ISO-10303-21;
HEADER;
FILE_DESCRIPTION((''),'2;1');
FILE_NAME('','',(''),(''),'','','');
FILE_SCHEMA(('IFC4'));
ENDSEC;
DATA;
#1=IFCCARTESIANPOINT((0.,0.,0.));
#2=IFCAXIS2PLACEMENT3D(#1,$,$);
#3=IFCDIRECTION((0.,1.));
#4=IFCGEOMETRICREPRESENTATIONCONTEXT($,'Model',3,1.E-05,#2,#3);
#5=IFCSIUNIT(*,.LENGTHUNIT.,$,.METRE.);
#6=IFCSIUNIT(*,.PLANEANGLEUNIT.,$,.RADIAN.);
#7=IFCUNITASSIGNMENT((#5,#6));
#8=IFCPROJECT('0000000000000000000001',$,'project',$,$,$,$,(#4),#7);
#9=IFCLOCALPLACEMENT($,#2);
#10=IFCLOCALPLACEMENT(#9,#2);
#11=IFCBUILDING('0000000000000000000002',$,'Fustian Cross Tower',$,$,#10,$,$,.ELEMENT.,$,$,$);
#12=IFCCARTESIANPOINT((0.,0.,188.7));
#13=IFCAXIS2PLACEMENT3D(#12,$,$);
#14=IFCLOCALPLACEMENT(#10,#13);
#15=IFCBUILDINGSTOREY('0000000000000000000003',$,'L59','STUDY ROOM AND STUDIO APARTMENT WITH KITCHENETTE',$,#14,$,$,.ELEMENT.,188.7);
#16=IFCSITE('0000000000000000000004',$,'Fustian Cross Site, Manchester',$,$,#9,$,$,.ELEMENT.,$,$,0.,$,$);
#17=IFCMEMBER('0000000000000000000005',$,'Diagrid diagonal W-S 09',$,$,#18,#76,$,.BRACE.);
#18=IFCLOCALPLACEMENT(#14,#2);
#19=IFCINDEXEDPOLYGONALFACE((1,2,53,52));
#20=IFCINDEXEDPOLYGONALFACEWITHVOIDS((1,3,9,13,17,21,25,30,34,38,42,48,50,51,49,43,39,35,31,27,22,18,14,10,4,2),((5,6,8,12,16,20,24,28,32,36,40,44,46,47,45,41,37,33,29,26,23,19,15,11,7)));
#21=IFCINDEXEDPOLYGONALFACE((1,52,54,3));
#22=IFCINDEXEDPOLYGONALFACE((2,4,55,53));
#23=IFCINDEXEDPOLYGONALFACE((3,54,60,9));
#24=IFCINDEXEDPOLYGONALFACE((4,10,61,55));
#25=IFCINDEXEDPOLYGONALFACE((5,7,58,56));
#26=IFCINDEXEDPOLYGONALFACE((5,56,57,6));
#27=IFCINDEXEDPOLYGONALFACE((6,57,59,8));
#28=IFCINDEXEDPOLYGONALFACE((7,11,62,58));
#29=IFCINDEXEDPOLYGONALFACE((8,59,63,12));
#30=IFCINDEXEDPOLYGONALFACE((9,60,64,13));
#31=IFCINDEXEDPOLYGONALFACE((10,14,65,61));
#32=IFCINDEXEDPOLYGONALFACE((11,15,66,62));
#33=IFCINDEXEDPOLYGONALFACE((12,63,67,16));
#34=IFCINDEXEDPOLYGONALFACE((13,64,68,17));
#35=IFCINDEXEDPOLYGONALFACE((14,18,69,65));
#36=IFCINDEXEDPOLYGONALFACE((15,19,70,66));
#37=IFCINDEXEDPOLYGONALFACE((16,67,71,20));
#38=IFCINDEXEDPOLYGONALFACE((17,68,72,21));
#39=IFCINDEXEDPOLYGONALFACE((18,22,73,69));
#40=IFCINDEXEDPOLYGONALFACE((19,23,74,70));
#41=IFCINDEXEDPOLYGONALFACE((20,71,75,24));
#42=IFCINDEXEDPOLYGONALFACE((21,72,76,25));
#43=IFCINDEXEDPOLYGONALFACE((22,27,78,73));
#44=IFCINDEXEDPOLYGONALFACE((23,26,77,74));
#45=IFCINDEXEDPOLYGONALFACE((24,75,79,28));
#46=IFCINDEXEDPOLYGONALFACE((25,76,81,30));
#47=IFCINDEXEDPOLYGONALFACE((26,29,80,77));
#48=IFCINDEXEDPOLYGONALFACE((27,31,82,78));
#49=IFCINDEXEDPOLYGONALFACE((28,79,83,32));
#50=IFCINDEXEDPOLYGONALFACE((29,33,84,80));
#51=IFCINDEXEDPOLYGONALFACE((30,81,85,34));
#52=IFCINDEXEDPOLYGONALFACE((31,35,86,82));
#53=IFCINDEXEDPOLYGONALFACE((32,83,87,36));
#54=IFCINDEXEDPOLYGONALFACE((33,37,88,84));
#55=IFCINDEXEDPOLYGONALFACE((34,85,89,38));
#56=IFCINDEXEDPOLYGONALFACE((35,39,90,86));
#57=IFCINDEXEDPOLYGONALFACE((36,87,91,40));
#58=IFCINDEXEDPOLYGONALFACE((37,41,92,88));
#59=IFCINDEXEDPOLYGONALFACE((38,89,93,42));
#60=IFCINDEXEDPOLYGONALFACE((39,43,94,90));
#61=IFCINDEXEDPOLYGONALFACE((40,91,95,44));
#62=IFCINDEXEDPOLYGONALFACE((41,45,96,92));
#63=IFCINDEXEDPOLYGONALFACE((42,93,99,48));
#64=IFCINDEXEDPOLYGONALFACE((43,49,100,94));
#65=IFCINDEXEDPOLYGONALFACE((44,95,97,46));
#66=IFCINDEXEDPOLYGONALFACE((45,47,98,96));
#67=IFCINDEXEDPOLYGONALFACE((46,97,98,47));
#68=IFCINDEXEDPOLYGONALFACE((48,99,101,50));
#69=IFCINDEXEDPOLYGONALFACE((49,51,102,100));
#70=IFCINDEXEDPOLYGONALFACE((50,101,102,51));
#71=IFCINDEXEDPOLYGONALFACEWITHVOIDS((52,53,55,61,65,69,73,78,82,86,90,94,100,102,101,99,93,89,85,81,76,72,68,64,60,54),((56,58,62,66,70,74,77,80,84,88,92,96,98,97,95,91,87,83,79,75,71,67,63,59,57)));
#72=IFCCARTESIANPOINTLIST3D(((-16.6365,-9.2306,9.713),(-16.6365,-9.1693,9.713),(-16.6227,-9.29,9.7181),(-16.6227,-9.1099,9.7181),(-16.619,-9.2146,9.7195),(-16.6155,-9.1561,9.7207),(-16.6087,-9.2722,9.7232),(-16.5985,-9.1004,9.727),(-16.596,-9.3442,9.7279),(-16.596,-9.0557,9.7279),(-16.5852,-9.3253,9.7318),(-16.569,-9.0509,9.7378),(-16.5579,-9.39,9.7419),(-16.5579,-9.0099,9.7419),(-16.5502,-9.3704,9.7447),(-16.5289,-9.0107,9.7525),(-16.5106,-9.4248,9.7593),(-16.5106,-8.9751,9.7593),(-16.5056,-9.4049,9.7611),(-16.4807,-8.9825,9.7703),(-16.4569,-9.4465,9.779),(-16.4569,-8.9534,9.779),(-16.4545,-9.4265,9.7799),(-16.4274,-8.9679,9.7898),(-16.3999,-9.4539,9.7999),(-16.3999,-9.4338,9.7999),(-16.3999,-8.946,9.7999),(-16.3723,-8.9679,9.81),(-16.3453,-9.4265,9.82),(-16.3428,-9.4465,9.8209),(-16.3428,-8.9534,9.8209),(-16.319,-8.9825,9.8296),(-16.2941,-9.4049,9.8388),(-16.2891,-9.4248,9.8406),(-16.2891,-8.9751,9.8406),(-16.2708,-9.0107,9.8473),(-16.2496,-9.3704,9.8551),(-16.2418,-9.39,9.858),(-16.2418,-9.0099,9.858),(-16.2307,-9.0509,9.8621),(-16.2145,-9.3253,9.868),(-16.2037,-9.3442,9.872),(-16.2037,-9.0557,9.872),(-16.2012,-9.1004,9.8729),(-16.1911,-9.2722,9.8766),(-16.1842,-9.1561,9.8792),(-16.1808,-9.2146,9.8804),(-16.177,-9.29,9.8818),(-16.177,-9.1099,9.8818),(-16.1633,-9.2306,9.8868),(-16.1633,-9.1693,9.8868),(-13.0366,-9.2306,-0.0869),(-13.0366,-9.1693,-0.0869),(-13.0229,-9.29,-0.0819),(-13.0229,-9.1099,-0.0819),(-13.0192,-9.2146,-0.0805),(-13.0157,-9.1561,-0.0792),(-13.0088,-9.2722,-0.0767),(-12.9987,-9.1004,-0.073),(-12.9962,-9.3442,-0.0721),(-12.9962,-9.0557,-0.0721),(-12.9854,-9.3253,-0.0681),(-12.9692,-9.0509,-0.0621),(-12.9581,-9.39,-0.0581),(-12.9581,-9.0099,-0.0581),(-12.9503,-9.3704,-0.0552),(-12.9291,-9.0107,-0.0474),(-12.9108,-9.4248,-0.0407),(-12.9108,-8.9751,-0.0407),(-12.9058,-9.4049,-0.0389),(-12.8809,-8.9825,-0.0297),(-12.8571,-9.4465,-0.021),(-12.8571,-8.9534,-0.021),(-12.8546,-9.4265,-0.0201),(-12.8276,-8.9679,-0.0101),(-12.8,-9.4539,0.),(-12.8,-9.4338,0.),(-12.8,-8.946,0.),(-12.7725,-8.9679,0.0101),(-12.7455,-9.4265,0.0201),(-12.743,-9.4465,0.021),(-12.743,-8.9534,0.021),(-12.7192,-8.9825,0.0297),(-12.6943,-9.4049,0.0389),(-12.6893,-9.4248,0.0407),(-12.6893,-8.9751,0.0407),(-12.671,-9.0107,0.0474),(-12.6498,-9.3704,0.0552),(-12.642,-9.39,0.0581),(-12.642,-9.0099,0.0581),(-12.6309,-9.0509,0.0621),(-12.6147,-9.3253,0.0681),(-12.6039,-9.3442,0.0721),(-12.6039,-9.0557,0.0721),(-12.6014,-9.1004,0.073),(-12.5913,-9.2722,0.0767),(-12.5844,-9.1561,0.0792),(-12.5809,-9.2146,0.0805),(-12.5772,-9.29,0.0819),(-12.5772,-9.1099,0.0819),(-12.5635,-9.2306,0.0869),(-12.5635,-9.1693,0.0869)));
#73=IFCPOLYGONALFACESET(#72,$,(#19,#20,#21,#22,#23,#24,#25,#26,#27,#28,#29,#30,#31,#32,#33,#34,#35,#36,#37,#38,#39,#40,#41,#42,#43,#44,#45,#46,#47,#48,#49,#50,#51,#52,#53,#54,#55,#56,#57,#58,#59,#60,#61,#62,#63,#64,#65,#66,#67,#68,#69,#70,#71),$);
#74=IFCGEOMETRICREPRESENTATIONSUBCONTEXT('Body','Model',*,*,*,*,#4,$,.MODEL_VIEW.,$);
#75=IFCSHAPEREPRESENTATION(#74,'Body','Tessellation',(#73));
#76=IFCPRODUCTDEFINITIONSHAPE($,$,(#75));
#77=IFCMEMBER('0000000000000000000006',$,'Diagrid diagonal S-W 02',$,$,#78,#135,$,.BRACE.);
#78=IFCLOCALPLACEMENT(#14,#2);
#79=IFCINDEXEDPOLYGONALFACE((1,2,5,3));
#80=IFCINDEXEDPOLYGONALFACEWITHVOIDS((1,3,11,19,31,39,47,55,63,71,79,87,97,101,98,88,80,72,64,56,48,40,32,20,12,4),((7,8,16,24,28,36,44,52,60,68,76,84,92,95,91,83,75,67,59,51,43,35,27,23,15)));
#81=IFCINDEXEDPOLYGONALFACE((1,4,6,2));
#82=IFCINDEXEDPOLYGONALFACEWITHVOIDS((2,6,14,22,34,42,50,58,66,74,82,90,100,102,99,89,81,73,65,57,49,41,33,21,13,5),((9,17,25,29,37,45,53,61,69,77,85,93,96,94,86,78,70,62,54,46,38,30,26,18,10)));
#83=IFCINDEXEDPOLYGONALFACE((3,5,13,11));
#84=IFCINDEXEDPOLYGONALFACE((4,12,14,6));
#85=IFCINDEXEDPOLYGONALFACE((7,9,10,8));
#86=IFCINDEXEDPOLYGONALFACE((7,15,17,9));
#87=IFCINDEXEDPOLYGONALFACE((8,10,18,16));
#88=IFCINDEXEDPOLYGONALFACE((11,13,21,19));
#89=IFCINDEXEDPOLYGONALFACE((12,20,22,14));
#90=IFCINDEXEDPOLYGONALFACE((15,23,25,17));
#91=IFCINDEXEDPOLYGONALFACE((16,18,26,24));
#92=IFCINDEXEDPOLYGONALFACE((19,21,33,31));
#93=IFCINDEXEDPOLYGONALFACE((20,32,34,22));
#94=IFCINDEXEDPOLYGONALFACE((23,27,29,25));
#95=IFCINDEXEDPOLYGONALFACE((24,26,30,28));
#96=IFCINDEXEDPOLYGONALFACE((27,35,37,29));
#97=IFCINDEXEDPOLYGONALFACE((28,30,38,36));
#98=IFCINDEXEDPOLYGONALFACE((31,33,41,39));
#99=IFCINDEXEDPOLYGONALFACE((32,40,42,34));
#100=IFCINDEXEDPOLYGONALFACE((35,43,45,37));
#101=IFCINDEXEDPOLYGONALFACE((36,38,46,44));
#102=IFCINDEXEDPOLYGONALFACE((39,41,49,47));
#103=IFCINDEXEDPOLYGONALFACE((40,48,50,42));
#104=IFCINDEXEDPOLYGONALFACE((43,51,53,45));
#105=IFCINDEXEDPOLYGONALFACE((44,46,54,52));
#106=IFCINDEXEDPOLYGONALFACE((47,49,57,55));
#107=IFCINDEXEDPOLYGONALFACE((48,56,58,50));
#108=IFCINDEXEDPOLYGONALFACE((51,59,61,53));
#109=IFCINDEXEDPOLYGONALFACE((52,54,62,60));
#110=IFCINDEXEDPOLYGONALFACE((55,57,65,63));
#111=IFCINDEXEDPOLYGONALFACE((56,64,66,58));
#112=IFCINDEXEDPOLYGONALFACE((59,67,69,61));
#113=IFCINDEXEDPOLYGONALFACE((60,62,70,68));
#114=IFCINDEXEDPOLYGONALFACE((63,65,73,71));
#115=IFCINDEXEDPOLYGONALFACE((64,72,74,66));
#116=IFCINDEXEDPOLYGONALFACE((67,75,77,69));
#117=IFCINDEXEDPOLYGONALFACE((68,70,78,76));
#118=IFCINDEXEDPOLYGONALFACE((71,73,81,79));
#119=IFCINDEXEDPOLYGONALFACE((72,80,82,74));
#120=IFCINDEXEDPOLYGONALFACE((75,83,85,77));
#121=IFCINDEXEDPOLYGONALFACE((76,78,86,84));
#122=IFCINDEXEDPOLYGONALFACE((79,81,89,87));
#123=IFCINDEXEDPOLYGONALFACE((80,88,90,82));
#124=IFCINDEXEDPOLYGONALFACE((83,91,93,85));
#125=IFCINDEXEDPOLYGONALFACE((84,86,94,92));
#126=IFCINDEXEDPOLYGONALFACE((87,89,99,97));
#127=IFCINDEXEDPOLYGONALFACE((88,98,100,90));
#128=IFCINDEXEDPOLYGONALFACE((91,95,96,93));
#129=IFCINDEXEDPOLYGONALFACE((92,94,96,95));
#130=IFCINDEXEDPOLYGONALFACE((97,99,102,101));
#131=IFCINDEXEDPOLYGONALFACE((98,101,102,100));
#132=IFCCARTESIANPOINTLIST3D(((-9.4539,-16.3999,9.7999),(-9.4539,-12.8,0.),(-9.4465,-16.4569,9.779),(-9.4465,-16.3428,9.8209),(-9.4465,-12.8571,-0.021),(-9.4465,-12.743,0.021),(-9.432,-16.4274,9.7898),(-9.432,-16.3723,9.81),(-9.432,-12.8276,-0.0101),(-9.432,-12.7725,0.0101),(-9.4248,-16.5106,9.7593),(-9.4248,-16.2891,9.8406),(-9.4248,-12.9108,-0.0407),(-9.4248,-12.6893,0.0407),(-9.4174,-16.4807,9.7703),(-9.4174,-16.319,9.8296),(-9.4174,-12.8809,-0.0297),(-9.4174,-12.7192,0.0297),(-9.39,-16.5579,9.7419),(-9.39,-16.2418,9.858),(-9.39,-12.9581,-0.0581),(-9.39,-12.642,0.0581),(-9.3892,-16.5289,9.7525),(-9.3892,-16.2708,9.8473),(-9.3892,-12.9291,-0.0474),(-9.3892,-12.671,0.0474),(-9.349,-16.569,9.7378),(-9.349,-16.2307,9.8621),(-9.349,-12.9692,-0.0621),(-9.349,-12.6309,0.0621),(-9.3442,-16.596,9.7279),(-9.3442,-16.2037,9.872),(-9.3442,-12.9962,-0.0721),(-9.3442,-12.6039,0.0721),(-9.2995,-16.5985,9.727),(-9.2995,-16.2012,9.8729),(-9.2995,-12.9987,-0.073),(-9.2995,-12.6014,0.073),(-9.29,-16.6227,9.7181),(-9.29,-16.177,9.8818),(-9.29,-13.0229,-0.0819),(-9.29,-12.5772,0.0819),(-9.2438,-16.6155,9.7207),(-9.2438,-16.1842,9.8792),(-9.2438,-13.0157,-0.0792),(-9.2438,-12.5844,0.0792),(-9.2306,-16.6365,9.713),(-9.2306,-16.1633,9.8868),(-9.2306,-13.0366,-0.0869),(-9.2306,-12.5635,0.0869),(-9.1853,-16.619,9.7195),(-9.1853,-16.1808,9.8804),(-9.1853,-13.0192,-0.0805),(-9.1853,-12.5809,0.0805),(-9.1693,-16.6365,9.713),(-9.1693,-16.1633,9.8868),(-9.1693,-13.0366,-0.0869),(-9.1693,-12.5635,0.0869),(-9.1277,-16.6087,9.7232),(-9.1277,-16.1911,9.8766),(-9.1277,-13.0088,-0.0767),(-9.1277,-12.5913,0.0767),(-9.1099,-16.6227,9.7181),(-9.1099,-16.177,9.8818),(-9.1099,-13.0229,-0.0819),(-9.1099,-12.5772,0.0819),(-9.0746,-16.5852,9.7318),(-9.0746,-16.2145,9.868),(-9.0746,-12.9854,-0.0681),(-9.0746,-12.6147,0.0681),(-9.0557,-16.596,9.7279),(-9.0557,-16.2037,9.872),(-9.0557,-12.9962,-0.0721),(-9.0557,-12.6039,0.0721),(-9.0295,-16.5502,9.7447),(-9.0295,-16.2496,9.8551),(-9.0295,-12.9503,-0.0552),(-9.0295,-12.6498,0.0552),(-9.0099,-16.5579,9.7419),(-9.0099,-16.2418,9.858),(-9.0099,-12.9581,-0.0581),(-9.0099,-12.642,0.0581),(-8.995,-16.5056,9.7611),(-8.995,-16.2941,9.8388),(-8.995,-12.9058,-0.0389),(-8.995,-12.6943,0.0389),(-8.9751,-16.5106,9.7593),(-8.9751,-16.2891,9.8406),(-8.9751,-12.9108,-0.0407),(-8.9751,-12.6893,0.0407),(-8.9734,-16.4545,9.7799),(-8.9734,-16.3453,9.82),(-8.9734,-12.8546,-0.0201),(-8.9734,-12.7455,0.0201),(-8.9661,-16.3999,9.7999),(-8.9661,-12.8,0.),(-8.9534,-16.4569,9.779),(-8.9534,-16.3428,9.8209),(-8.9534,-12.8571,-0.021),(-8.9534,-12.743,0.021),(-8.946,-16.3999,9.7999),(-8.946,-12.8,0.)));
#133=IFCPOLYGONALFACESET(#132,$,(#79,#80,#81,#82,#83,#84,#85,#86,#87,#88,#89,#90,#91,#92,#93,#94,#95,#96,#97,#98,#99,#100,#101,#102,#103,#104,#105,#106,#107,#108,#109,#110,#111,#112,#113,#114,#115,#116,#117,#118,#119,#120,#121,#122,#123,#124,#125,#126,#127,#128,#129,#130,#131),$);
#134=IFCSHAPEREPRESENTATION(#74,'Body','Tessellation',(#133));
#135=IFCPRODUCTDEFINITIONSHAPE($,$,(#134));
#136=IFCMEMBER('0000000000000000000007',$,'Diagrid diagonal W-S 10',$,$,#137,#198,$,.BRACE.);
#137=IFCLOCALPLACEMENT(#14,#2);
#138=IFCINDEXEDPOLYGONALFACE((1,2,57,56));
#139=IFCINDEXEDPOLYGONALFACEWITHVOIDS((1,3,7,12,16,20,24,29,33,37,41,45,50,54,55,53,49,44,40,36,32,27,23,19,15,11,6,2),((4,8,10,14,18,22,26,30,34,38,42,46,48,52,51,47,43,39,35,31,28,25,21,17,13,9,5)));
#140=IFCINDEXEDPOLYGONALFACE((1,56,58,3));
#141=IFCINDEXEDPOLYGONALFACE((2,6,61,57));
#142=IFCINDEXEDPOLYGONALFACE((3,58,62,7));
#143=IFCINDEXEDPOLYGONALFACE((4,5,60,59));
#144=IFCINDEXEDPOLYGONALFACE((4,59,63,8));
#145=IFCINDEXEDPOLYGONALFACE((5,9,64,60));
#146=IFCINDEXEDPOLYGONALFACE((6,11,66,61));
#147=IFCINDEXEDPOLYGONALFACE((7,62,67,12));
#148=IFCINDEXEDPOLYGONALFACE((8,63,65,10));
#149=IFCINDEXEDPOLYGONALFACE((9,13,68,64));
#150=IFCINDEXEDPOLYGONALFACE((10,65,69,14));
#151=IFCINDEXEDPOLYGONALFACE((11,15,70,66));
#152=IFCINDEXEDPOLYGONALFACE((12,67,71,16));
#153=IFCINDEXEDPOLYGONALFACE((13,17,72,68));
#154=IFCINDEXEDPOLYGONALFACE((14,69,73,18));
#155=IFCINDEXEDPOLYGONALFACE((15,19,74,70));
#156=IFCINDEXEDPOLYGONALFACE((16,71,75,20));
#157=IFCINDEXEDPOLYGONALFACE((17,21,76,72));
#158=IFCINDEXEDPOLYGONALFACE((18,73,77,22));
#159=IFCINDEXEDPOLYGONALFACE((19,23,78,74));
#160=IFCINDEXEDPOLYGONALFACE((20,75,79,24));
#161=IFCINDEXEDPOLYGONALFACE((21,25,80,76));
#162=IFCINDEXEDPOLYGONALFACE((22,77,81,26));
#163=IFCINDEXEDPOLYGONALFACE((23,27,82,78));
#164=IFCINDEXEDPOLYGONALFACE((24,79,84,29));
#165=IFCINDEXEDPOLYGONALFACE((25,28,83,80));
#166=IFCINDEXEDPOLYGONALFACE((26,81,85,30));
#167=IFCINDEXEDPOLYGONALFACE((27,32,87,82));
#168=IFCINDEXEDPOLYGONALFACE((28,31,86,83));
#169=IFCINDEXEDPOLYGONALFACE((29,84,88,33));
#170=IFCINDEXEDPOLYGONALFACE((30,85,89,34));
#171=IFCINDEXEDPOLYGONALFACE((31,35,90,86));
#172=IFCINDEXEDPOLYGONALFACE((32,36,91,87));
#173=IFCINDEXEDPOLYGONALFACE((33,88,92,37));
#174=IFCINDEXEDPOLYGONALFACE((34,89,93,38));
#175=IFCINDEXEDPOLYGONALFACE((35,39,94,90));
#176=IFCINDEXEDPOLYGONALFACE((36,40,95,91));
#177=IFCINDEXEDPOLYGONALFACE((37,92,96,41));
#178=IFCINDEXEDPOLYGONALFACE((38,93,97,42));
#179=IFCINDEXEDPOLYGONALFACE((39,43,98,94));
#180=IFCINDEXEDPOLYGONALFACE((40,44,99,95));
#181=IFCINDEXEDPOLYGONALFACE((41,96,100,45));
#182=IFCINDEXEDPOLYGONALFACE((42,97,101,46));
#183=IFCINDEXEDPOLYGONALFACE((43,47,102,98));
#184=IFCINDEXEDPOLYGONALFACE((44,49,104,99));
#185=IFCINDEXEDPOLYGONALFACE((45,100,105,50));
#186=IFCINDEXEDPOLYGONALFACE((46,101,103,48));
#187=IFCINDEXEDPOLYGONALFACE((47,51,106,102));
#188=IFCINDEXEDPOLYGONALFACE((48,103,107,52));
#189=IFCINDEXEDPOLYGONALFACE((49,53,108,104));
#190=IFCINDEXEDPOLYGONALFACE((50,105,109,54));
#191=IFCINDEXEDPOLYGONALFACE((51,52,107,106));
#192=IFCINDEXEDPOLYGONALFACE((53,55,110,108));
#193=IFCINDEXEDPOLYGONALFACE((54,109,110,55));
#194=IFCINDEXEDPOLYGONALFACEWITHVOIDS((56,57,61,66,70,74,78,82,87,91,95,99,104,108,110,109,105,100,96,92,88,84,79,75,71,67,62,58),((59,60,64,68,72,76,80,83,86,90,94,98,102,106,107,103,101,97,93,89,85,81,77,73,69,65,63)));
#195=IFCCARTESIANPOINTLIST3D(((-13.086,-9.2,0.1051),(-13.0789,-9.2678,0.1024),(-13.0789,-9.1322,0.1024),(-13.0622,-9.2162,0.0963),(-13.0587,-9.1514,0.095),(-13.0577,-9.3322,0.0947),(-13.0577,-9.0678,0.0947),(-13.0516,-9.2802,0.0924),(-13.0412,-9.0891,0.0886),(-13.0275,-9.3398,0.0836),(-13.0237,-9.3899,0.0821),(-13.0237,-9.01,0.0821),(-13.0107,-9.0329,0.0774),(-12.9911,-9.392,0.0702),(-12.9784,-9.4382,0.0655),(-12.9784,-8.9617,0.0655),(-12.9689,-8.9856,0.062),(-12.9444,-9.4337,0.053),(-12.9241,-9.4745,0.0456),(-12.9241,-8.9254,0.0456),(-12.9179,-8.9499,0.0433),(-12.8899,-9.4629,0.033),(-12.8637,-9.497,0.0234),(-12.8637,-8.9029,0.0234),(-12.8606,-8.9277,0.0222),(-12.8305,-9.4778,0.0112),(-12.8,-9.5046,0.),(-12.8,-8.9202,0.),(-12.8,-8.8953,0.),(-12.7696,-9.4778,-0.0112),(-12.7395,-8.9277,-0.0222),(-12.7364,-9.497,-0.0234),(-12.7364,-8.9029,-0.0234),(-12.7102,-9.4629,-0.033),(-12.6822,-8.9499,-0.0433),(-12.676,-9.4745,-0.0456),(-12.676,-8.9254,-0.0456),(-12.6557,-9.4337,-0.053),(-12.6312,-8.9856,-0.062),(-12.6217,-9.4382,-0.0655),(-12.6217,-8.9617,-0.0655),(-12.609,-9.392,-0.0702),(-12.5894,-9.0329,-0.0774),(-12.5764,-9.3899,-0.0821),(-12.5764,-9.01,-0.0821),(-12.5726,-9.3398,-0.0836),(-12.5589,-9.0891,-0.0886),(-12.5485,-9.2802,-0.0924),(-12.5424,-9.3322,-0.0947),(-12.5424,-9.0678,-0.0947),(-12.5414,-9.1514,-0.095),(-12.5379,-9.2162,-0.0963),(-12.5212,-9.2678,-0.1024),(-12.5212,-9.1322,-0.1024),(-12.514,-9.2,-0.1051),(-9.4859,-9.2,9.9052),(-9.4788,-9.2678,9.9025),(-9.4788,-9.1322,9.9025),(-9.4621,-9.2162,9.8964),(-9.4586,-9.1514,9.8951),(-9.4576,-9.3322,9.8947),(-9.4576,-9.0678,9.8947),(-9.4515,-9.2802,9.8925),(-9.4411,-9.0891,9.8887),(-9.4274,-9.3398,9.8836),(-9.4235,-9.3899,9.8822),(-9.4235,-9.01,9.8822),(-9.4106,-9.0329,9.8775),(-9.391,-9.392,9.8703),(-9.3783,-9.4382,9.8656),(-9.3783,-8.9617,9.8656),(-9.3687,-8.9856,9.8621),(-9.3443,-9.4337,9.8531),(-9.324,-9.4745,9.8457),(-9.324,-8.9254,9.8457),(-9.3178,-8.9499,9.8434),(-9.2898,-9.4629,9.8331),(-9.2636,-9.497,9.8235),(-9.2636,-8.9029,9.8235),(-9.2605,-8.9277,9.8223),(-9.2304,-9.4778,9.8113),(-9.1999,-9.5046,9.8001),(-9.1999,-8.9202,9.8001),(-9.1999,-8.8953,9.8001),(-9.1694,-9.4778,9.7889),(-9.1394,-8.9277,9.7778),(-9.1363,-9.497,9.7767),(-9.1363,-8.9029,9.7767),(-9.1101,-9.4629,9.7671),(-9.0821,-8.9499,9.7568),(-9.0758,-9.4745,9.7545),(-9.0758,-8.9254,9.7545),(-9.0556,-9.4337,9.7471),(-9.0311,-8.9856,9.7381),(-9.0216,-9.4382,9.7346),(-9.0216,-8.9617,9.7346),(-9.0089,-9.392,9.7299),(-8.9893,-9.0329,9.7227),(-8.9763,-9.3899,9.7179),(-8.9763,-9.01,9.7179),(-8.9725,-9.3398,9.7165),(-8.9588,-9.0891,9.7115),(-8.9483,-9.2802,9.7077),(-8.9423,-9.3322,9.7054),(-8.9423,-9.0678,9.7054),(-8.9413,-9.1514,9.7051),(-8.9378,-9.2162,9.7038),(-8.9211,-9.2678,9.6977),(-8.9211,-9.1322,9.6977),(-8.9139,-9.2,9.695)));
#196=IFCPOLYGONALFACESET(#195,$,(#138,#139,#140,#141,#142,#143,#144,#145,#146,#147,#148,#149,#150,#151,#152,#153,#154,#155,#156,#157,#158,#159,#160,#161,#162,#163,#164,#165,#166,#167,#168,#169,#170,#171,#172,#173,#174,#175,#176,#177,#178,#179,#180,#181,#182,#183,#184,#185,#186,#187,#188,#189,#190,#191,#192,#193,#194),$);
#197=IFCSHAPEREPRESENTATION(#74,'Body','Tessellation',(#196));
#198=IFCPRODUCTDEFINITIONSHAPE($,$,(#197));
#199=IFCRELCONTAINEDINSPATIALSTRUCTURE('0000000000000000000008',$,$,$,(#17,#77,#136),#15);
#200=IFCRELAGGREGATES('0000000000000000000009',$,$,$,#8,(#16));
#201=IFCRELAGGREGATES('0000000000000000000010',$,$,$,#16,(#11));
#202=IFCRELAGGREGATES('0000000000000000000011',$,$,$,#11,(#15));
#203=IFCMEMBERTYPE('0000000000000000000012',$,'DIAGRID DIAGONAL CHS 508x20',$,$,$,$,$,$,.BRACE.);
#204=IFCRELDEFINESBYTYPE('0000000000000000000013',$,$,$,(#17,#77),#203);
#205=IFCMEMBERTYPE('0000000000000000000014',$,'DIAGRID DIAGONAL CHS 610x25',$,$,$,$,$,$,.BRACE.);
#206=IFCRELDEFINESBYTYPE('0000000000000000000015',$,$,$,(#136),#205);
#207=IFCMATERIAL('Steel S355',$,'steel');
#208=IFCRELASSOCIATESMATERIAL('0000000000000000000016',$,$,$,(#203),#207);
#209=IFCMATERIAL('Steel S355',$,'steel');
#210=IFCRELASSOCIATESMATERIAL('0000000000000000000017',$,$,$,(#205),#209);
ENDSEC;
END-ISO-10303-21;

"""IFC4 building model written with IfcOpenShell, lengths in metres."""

from ifc_helpers import new_model, si_unit, direction, frame, origin, origin_2d, place, context, subcontext, project, spatial, hollow_circle, extrude, material, material_profile, profile_set, type_object, element, save


model = new_model("IFC4")

# Units and contexts
model_context = context("Model", 3, precision=1e-05, world=origin(), true_north=direction((0.0, 1.0)))
body_context = subcontext(model_context, "Body", "Model", "MODEL_VIEW")
ifc_project = project(units=[si_unit("LENGTHUNIT", "METRE"), si_unit("PLANEANGLEUNIT", "RADIAN")], contexts=[model_context])

# Site, building, storey
site_placement = place(None, origin())
site = spatial("IfcSite", under=ifc_project, at=site_placement, Name="Fustian Cross Site, Manchester", CompositionType="ELEMENT", RefElevation=0.0)
building_placement = place(site_placement, origin())
building = spatial("IfcBuilding", under=site, at=building_placement, Name="Fustian Cross Tower", CompositionType="ELEMENT")
storey_placement = place(building_placement, frame((0.0, 0.0, 188.7)))
storey = spatial("IfcBuildingStorey", under=building, at=storey_placement, Name="L59", Description="STUDY ROOM AND STUDIO APARTMENT WITH KITCHENETTE", CompositionType="ELEMENT", Elevation=188.7)

# Members
ifc_material_1 = material(Name="Steel S355", Category="steel")
ifc_material_profile_1 = material_profile(ifc_material_1, hollow_circle(Radius=0.2539, WallThickness=0.02, at=origin_2d()), Name="CHS 508x20")
ifc_profile_set_1 = profile_set([ifc_material_profile_1], Name="Steel S355")
member_type_1 = type_object("IfcMemberType", Name="DIAGRID DIAGONAL CHS 508x20", PredefinedType="BRACE", material=ifc_profile_set_1)
for number, where, z_axis, x_axis, name in (
    (1, (-12.8, -9.2, 0.0), (-0.344804, 0.0, 0.938675), (0.0, -1.0, 0.0), "Diagrid diagonal W-S 09"),
    (2, (-9.2, -12.8, 0.0), (0.0, -0.344804, 0.938675), (1.0, 0.0, 0.0), "Diagrid diagonal S-W 02"),
):
    element("IfcMember", number, at=place(storey_placement, frame(where, z_axis=z_axis, x_axis=x_axis)), inside=storey, type_object=member_type_1, Name=name, PredefinedType="BRACE", context=body_context, shape_type="SweptSolid", body=[
        extrude(hollow_circle(Radius=0.2539, WallThickness=0.02, at=origin_2d()), origin(), (0.0, 0.0, 1.0), 10.4402),
    ])
ifc_material_2 = material(Name="Steel S355", Category="steel")
ifc_material_profile_2 = material_profile(ifc_material_2, hollow_circle(Radius=0.3047, WallThickness=0.0249, at=origin_2d()), Name="CHS 610x25")
ifc_profile_set_2 = profile_set([ifc_material_profile_2], Name="Steel S355")
member_type_2 = type_object("IfcMemberType", Name="DIAGRID DIAGONAL CHS 610x25", PredefinedType="BRACE", material=ifc_profile_set_2)
for number, where, z_axis, x_axis, name in (
    (3, (-12.8, -9.2, 0.0), (0.344824, 0.0, 0.938667), (0.0, 1.0, 0.0), "Diagrid diagonal W-S 10"),
):
    element("IfcMember", number, at=place(storey_placement, frame(where, z_axis=z_axis, x_axis=x_axis)), inside=storey, type_object=member_type_2, Name=name, PredefinedType="BRACE", context=body_context, shape_type="SweptSolid", body=[
        extrude(hollow_circle(Radius=0.3047, WallThickness=0.0249, at=origin_2d()), origin(), (0.0, 0.0, 1.0), 10.4404),
    ])

save(model, "model.ifc")
